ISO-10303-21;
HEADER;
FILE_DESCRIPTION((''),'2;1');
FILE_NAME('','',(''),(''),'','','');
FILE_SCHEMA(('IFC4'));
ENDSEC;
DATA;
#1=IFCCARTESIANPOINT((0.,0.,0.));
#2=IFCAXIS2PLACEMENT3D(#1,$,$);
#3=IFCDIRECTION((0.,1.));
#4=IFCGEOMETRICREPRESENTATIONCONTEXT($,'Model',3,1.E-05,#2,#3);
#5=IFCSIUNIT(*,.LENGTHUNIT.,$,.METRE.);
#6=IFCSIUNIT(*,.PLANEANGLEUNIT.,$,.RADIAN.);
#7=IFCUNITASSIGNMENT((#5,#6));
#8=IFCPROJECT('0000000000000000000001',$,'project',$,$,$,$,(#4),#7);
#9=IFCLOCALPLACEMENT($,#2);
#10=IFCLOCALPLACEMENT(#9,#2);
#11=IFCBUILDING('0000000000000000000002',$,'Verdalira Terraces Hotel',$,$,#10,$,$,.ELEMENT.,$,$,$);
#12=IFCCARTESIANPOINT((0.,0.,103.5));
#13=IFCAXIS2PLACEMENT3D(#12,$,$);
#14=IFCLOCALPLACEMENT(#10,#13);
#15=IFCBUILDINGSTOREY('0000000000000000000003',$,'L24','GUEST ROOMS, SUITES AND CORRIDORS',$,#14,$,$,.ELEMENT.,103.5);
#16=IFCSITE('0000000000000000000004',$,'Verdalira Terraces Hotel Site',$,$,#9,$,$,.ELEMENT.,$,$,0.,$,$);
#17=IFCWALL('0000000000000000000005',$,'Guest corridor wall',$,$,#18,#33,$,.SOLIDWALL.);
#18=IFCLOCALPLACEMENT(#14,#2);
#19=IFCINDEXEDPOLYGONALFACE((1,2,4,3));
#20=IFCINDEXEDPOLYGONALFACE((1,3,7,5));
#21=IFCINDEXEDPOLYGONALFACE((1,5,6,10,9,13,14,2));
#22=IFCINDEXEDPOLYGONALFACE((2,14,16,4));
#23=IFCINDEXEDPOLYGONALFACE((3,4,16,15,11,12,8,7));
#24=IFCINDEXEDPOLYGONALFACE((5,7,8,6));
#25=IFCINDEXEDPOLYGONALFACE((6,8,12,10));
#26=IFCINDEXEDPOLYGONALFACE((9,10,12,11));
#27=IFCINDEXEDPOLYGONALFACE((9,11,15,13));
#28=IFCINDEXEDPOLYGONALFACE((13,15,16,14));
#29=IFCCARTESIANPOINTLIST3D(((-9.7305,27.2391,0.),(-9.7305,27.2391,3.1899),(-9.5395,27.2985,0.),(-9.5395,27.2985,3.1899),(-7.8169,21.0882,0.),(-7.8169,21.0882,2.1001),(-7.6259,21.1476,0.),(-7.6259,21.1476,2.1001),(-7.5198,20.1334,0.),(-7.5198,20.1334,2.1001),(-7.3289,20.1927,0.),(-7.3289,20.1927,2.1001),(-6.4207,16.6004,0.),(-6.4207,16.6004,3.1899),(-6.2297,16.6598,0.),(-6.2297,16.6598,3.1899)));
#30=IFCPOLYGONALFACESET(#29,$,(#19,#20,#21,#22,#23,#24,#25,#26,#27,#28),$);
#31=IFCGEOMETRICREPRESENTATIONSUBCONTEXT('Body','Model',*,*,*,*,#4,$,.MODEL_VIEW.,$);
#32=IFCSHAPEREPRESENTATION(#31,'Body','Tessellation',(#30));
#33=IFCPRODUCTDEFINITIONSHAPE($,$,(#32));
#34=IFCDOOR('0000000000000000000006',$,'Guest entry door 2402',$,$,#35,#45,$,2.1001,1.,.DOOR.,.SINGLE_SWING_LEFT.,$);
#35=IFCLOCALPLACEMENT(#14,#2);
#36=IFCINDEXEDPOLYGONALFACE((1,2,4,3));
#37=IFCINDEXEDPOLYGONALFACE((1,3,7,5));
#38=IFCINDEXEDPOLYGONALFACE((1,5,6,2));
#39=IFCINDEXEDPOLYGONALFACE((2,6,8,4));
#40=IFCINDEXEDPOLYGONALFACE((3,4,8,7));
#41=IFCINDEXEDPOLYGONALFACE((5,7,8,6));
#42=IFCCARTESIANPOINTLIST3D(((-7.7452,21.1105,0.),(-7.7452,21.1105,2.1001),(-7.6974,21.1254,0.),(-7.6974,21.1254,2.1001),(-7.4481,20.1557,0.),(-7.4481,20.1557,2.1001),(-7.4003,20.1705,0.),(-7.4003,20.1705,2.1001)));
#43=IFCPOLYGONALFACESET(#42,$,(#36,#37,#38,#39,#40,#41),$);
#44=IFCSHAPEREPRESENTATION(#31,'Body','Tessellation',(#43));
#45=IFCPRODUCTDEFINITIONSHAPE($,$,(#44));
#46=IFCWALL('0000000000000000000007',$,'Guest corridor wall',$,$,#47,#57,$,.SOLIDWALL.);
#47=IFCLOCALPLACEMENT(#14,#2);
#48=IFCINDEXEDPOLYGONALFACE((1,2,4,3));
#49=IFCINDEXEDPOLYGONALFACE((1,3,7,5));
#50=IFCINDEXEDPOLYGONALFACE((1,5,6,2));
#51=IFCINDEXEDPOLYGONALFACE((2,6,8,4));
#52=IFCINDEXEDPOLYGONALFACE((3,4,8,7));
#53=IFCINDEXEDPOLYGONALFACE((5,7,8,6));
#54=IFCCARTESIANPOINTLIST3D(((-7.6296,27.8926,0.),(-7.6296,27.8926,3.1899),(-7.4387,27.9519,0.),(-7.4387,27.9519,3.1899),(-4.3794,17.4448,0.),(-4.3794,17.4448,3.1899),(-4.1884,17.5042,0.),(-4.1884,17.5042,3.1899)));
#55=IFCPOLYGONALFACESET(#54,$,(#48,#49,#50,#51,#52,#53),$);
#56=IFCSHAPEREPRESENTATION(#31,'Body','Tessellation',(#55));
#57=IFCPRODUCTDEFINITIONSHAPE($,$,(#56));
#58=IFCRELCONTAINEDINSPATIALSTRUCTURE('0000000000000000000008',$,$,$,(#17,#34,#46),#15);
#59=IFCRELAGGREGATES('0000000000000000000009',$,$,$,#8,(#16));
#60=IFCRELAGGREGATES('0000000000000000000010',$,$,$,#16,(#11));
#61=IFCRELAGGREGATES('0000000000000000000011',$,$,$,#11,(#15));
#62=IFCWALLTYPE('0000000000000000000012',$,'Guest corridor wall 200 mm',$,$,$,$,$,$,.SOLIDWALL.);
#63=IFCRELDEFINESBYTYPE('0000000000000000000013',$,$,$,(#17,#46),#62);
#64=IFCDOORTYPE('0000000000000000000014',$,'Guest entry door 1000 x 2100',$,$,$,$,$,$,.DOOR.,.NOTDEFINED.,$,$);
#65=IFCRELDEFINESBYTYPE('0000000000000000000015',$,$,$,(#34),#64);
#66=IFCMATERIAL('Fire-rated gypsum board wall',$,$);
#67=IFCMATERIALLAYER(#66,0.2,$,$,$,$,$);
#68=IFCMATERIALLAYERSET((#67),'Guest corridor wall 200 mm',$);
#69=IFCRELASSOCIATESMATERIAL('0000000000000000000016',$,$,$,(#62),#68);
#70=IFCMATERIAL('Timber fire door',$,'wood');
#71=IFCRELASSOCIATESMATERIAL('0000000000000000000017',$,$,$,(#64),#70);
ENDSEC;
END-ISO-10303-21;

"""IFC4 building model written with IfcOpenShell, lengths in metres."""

from ifc_helpers import new_model, si_unit, direction, frame, frame_2d, origin, place, context, subcontext, project, spatial, rectangle, extrude, material, layer, layer_set, type_object, element, fill, save


model = new_model("IFC4")

# Units and contexts
model_context = context("Model", 3, precision=1e-05, world=origin(), true_north=direction((0.0, 1.0)))
body_context = subcontext(model_context, "Body", "Model", "MODEL_VIEW")
ifc_project = project(units=[si_unit("LENGTHUNIT", "METRE"), si_unit("PLANEANGLEUNIT", "RADIAN")], contexts=[model_context])

# Site, building, storey
site_placement = place(None, origin())
site = spatial("IfcSite", under=ifc_project, at=site_placement, Name="Verdalira Terraces Hotel Site", CompositionType="ELEMENT", RefElevation=0.0)
building_placement = place(site_placement, origin())
building = spatial("IfcBuilding", under=site, at=building_placement, Name="Verdalira Terraces Hotel", CompositionType="ELEMENT")
storey_placement = place(building_placement, frame((0.0, 0.0, 103.5)))
storey = spatial("IfcBuildingStorey", under=building, at=storey_placement, Name="L24", Description="GUEST ROOMS, SUITES AND CORRIDORS", CompositionType="ELEMENT", Elevation=103.5)

# Shared definitions
ifc_material_1 = material(Name="Fire-rated gypsum board wall")
ifc_layer_1 = layer(ifc_material_1, 0.2)
ifc_layer_set_1 = layer_set([ifc_layer_1], Name="Guest corridor wall 200 mm")
wall_type_1 = type_object("IfcWallType", Name="Guest corridor wall 200 mm", PredefinedType="SOLIDWALL", material=ifc_layer_set_1)

# Wall, opening, door
wall_1_placement = place(storey_placement, frame((-6.3252, 16.6301, 0.0), z_axis=(0.0, 0.0, 1.0), x_axis=(-0.297067, 0.954857, 0.0)))
wall_1 = element("IfcWall", 1, at=wall_1_placement, inside=storey, type_object=wall_type_1, Name="Guest corridor wall", PredefinedType="SOLIDWALL", context=body_context, shape_type="SweptSolid", body=[
    extrude(rectangle(XDim=11.1416, YDim=0.2, at=frame_2d((5.5708, 0.0))), origin(), (0.0, 0.0, 1.0), 3.1899),
])
opening_1_placement = place(wall_1_placement, frame((3.7, 0.0, 0.0)))
opening_1 = element("IfcOpeningElement", 2, at=opening_1_placement, cuts=wall_1, PredefinedType="OPENING", context=body_context, shape_type="SweptSolid", body=[
    extrude(rectangle(XDim=1.0, YDim=2.1001, at=frame_2d((0.5, 1.05))), frame((0.0, 0.1099, 0.0), z_axis=(0.0, -1.0, 0.0), x_axis=(1.0, 0.0, 0.0)), (0.0, 0.0, 1.0), 0.22),
])
ifc_material_2 = material(Name="Timber fire door", Category="wood")
door_type_1 = type_object("IfcDoorType", Name="Guest entry door 1000 x 2100", OperationType="NOTDEFINED", PredefinedType="DOOR", material=ifc_material_2)
door_1_placement = place(opening_1_placement, origin())
door_1 = element("IfcDoor", 3, at=door_1_placement, inside=storey, type_object=door_type_1, Name="Guest entry door 2402", OperationType="SINGLE_SWING_LEFT", OverallHeight=2.1001, OverallWidth=1.0, PredefinedType="DOOR", context=body_context, shape_type="SweptSolid", body=[
    extrude(rectangle(XDim=1.0, YDim=2.1001, at=frame_2d((0.5, 1.05))), frame((0.0, 0.0249, 0.0), z_axis=(0.0, -1.0, 0.0), x_axis=(1.0, 0.0, 0.0)), (0.0, 0.0, 1.0), 0.05),
])
fill(opening_1, door_1)

# Wall
wall_2_placement = place(storey_placement, frame((-4.2839, 17.4746, 0.0), z_axis=(0.0, 0.0, 1.0), x_axis=(-0.297053, 0.954861, 0.0)))
element("IfcWall", 4, at=wall_2_placement, inside=storey, type_object=wall_type_1, Name="Guest corridor wall", PredefinedType="SOLIDWALL", context=body_context, shape_type="SweptSolid", body=[
    extrude(rectangle(XDim=10.9416, YDim=0.2, at=frame_2d((5.4707, 0.0))), origin(), (0.0, 0.0, 1.0), 3.1899),
])

save(model, "model.ifc")
